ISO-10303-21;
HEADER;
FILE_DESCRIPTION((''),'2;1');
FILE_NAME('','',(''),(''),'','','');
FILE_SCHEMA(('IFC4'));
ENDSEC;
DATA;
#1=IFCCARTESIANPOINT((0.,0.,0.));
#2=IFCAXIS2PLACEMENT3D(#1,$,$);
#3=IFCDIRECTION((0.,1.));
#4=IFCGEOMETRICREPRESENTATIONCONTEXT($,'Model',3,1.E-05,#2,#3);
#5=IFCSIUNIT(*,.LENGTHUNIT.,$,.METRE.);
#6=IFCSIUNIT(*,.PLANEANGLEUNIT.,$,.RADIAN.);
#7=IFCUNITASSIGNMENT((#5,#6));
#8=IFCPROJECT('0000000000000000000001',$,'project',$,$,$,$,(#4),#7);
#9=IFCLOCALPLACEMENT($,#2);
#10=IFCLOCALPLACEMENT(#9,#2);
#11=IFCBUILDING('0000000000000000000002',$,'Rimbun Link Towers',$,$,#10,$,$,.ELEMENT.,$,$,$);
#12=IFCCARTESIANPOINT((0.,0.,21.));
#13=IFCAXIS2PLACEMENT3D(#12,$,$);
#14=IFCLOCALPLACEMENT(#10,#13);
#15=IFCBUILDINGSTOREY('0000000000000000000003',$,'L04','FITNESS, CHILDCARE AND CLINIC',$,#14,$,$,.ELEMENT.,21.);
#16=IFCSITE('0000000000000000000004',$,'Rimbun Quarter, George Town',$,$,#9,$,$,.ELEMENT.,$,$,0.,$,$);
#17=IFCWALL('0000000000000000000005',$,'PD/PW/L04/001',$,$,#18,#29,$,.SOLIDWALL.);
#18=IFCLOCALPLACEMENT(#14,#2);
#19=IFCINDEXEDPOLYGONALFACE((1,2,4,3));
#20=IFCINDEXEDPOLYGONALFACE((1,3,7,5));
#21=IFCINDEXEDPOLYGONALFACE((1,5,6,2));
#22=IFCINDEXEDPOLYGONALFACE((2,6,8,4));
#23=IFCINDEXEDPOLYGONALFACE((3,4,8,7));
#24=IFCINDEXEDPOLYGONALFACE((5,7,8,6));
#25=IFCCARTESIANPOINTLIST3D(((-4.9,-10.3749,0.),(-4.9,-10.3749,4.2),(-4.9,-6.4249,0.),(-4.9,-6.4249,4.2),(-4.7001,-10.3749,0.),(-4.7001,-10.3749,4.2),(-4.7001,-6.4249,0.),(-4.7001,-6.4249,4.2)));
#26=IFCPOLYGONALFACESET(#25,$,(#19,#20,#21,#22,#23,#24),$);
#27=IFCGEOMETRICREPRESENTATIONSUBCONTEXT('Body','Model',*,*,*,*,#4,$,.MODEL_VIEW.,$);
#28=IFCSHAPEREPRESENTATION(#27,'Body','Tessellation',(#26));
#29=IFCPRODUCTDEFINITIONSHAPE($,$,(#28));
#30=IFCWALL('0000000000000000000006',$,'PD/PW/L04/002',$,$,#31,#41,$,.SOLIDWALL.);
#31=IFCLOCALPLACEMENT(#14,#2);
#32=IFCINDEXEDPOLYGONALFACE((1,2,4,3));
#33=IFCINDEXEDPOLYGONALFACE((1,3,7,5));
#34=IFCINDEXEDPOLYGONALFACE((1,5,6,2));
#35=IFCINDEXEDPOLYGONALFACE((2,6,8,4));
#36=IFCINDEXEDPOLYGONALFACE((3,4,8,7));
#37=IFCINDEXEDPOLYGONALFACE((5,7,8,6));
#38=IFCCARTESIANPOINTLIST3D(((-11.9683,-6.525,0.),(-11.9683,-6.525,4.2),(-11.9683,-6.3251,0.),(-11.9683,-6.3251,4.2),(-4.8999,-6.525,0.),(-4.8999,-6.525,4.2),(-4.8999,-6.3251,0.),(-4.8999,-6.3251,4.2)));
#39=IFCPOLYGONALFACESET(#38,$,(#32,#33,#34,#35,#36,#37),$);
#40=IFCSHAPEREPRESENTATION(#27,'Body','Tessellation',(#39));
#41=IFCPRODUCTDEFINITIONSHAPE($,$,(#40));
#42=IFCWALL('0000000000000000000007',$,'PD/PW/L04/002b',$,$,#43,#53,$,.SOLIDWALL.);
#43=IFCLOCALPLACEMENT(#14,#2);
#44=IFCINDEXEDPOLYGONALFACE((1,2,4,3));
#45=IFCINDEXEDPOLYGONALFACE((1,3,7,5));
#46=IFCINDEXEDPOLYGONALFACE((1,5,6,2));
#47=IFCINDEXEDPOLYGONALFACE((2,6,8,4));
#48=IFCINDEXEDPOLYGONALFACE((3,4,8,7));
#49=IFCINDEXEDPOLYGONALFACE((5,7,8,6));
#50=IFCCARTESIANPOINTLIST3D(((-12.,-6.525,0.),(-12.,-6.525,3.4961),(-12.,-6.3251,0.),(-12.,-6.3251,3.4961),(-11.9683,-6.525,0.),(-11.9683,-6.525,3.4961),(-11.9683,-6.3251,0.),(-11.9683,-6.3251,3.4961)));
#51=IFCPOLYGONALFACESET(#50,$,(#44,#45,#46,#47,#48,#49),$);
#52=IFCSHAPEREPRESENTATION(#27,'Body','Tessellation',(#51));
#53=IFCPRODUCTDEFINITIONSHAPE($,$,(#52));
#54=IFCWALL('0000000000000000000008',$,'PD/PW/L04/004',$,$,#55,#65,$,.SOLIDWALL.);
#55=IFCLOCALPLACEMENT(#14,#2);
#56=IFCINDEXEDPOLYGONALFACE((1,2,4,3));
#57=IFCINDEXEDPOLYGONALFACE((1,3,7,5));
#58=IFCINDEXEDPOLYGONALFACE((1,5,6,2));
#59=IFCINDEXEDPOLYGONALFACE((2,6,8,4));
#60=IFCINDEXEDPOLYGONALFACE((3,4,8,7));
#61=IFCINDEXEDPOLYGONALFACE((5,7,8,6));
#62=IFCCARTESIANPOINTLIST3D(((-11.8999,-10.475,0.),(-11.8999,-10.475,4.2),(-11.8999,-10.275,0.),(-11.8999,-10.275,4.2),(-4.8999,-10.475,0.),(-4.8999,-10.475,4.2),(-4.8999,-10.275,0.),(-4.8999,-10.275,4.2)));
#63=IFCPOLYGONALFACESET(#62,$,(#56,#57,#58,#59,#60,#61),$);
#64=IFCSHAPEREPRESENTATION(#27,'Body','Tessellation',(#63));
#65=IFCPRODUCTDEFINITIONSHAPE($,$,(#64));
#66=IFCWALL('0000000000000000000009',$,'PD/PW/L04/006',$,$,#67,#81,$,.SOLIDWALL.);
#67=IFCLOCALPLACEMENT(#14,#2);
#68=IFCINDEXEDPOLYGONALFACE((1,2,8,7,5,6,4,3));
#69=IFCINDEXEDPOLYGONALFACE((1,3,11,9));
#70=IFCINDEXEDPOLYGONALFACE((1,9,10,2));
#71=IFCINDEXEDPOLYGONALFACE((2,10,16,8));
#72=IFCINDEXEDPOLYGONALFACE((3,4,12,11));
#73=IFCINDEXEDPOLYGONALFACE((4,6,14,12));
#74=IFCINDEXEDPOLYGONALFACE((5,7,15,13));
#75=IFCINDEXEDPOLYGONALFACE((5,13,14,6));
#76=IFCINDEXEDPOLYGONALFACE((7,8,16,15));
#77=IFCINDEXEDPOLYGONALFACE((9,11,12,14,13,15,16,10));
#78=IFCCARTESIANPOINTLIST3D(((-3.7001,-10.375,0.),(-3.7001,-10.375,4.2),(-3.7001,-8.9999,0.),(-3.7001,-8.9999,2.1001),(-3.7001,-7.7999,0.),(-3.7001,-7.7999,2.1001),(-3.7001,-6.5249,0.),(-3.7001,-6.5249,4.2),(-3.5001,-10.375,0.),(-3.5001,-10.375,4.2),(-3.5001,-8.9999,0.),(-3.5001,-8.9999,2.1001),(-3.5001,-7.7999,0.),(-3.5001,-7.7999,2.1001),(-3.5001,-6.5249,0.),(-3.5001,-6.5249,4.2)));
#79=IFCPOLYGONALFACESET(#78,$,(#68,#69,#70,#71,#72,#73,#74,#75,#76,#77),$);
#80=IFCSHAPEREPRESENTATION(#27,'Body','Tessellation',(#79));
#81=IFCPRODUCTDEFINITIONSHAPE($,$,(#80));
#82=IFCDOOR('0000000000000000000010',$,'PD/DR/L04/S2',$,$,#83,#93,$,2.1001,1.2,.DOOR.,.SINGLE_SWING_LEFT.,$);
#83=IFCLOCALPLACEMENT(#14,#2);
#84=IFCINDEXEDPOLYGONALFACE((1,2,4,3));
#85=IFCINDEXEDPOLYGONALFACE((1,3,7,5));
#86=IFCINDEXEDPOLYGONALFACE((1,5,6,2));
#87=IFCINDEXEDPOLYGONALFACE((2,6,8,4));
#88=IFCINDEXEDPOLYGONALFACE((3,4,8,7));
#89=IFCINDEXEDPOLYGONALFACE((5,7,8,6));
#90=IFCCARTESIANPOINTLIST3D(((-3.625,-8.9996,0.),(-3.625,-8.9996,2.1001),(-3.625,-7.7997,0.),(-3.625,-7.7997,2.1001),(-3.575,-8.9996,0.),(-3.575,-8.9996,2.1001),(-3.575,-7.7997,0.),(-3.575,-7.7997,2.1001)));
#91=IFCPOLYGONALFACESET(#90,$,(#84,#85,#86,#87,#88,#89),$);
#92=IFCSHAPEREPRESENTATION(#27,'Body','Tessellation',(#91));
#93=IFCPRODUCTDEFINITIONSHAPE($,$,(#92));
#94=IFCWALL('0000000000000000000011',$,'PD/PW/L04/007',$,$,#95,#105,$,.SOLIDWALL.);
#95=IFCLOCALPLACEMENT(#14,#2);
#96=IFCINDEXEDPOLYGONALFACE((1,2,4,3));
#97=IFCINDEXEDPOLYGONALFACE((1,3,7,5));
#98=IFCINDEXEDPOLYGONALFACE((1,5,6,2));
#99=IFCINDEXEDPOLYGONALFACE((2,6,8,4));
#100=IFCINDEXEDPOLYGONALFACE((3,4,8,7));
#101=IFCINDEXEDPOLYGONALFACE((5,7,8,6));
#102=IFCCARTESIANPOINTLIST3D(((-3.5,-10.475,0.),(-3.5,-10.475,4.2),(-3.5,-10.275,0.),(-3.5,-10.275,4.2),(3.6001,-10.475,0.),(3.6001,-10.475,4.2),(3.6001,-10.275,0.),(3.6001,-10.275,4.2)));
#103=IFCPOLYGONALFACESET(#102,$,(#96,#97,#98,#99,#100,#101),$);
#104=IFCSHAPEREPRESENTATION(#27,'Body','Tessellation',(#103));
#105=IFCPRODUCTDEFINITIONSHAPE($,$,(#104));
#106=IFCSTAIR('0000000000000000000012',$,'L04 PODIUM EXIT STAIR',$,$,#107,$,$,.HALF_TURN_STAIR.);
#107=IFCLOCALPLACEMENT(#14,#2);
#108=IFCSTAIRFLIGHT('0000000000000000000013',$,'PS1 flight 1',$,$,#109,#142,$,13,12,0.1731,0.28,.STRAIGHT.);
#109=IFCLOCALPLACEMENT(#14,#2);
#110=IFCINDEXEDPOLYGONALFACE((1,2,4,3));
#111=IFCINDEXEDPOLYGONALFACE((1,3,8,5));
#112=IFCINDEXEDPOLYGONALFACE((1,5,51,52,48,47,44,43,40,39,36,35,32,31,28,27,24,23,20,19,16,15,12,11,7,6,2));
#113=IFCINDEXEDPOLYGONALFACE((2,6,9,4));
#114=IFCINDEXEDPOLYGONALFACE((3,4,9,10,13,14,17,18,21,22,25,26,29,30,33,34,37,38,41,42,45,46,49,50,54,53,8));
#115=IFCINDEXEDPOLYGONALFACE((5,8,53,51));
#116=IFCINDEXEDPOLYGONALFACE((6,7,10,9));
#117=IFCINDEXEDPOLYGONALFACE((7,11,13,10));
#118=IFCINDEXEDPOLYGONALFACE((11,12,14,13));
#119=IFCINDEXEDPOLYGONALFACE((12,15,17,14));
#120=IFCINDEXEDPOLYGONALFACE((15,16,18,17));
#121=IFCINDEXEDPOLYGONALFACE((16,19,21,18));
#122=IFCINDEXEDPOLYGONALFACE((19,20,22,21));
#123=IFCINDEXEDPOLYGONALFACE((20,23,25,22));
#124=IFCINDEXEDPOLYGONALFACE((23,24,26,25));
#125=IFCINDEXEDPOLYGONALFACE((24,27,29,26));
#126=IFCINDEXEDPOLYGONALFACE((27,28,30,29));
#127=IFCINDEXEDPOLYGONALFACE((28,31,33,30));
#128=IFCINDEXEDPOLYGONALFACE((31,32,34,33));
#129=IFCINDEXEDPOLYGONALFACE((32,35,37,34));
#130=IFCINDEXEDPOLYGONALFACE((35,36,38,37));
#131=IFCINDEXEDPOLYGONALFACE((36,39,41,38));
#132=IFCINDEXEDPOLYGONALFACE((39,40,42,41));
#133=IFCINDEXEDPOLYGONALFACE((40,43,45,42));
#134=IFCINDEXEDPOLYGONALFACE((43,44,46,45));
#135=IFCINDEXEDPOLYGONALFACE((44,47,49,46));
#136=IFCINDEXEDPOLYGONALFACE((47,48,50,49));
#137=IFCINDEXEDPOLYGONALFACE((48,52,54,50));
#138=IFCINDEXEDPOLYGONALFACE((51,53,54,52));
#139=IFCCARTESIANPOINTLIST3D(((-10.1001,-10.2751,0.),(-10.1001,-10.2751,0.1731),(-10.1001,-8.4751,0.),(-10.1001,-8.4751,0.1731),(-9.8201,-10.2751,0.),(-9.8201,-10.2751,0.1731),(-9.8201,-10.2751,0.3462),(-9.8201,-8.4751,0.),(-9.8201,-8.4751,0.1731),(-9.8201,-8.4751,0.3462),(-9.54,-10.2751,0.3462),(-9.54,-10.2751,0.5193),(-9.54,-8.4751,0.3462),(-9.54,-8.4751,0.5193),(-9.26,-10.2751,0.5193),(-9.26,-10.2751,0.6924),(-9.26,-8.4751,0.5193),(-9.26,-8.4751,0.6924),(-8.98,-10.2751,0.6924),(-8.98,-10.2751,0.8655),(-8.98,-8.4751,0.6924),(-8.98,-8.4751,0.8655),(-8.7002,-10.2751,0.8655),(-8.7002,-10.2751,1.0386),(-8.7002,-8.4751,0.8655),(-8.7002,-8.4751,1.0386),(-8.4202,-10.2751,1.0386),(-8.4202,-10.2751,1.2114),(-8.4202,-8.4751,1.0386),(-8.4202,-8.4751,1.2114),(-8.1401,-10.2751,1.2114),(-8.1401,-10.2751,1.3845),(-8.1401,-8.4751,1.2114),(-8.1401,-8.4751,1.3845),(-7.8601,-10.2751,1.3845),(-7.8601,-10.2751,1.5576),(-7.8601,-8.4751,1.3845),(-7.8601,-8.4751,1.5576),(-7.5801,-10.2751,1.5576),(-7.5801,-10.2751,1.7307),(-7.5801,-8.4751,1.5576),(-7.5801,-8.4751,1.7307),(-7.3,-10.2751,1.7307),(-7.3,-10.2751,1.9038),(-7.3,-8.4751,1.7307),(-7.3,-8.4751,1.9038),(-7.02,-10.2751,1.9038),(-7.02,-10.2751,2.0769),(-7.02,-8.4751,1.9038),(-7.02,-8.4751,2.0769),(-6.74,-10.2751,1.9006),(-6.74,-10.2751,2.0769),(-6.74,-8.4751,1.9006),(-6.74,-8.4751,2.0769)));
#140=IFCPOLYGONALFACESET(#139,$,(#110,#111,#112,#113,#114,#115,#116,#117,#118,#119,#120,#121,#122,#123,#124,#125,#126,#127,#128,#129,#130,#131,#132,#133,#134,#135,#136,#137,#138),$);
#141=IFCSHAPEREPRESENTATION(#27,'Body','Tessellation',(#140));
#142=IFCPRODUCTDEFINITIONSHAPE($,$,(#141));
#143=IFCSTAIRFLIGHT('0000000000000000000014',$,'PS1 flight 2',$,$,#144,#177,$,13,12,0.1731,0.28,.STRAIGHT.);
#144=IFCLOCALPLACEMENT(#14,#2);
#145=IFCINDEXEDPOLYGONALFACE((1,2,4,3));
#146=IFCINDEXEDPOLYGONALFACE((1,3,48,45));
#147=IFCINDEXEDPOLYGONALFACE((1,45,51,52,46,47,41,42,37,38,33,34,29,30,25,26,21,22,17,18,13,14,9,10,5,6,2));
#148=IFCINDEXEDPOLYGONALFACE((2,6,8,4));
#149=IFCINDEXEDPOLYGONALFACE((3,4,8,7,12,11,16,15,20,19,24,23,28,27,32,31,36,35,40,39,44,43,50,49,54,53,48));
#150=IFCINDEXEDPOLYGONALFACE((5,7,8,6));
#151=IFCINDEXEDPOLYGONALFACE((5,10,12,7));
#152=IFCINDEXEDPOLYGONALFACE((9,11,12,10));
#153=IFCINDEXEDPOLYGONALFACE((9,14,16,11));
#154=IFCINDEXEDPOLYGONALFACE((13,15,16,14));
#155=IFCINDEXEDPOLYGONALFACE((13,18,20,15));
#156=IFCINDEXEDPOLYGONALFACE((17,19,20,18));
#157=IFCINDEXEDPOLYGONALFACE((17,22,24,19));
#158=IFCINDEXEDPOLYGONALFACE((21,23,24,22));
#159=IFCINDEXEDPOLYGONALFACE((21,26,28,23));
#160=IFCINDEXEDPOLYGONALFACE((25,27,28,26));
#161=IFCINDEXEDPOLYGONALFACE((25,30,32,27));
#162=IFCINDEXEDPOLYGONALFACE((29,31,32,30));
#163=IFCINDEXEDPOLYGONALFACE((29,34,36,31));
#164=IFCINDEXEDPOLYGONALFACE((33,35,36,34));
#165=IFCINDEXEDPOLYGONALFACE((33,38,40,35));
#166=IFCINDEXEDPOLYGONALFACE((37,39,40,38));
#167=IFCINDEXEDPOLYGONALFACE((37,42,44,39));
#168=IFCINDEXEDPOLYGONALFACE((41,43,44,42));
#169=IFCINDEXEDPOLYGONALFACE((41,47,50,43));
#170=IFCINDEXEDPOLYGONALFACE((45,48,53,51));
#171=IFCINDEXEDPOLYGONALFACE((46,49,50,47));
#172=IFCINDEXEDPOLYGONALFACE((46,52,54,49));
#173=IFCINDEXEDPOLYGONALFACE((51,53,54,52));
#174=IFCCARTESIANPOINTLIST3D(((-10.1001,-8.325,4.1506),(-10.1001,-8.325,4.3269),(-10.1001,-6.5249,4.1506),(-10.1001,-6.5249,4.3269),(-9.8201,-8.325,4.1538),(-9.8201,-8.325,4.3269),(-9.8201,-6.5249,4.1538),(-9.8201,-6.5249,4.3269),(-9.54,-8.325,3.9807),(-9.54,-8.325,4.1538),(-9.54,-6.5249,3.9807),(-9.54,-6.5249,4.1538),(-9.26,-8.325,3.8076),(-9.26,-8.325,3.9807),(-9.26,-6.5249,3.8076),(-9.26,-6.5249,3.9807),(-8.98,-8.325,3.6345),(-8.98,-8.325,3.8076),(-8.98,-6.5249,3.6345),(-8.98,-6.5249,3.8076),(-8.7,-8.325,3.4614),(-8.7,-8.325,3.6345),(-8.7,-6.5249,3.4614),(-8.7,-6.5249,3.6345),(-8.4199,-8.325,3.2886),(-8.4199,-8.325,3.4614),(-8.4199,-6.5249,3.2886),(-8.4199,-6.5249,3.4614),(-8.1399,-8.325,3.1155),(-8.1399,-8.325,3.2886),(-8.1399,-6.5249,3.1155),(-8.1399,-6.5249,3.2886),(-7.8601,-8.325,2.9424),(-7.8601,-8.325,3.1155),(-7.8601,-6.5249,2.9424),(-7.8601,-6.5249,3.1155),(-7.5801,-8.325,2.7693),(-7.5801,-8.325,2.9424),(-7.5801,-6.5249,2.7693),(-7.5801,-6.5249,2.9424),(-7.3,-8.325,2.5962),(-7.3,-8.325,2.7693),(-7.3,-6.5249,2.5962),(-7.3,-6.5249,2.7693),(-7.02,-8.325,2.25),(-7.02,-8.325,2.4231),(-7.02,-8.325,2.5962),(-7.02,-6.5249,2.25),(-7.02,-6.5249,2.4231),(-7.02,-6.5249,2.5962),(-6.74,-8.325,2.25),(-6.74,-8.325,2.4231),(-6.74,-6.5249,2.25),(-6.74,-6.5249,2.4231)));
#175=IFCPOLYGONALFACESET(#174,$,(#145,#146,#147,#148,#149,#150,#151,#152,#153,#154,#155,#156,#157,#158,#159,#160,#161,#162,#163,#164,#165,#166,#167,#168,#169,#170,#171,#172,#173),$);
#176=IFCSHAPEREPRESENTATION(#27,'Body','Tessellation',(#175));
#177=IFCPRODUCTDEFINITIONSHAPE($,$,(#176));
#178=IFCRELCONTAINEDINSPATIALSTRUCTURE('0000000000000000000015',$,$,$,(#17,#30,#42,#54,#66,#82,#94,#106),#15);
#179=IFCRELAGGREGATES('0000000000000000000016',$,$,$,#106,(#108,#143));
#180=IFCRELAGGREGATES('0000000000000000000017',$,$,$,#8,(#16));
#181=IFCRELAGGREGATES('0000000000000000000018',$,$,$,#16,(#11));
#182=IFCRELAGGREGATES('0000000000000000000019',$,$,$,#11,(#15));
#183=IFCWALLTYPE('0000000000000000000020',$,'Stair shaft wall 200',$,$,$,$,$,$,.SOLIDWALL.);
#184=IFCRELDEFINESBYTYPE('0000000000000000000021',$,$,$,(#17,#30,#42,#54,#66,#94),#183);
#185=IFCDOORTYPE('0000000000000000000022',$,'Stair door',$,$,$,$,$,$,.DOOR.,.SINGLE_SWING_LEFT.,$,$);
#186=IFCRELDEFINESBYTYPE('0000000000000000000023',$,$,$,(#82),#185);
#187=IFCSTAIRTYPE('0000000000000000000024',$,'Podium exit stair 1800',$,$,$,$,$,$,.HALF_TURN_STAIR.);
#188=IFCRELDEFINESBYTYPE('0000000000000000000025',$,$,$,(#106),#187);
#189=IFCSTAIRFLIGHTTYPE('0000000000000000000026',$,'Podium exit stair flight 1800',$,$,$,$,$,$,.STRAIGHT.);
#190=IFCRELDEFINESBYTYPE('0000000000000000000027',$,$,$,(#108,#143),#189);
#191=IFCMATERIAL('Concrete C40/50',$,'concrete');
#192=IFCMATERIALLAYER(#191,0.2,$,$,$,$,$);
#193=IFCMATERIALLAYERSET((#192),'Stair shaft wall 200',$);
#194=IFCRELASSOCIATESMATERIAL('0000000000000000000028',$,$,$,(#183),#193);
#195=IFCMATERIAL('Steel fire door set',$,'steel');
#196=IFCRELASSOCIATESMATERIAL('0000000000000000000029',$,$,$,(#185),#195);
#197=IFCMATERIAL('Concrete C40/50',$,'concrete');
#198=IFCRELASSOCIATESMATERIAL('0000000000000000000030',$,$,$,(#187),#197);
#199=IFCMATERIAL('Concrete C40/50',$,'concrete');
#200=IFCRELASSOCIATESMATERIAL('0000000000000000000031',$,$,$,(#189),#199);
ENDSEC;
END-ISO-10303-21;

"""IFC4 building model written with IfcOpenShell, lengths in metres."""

from ifc_helpers import new_model, si_unit, direction, frame, frame_2d, origin, place, context, subcontext, project, spatial, polyline, rectangle, outline, extrude, material, layer, layer_set, type_object, element, fill, aggregate, save


model = new_model("IFC4")

# Units and contexts
model_context = context("Model", 3, precision=1e-05, world=origin(), true_north=direction((0.0, 1.0)))
body_context = subcontext(model_context, "Body", "Model", "MODEL_VIEW")
ifc_project = project(units=[si_unit("LENGTHUNIT", "METRE"), si_unit("PLANEANGLEUNIT", "RADIAN")], contexts=[model_context])

# Site, building, storey
site_placement = place(None, origin())
site = spatial("IfcSite", under=ifc_project, at=site_placement, Name="Rimbun Quarter, George Town", CompositionType="ELEMENT", RefElevation=0.0)
building_placement = place(site_placement, origin())
building = spatial("IfcBuilding", under=site, at=building_placement, Name="Rimbun Link Towers", CompositionType="ELEMENT")
storey_placement = place(building_placement, frame((0.0, 0.0, 21.0)))
storey = spatial("IfcBuildingStorey", under=building, at=storey_placement, Name="L04", Description="FITNESS, CHILDCARE AND CLINIC", CompositionType="ELEMENT", Elevation=21.0)

# Walls
ifc_material_1 = material(Name="Concrete C40/50", Category="concrete")
ifc_layer_1 = layer(ifc_material_1, 0.2)
ifc_layer_set_1 = layer_set([ifc_layer_1], Name="Stair shaft wall 200")
wall_type_1 = type_object("IfcWallType", Name="Stair shaft wall 200", PredefinedType="SOLIDWALL", material=ifc_layer_set_1)
wall_1_placement = place(storey_placement, frame((-4.8, -10.375, 0.0), z_axis=(0.0, 0.0, 1.0), x_axis=(0.0, 1.0, 0.0)))
element("IfcWall", 1, at=wall_1_placement, inside=storey, type_object=wall_type_1, Name="PD/PW/L04/001", PredefinedType="SOLIDWALL", context=body_context, shape_type="SweptSolid", body=[
    extrude(rectangle(XDim=3.95, YDim=0.2, at=frame_2d((1.9751, 0.0))), origin(), (0.0, 0.0, 1.0), 4.2),
])
wall_2_placement = place(storey_placement, frame((-4.8999, -6.425, 0.0), z_axis=(0.0, 0.0, 1.0), x_axis=(-1.0, 0.0, 0.0)))
element("IfcWall", 2, at=wall_2_placement, inside=storey, type_object=wall_type_1, Name="PD/PW/L04/002", PredefinedType="SOLIDWALL", context=body_context, shape_type="SweptSolid", body=[
    extrude(rectangle(XDim=7.0684, YDim=0.2, at=frame_2d((3.5342, 0.0))), origin(), (0.0, 0.0, 1.0), 4.2),
])
wall_3_placement = place(storey_placement, frame((-11.9683, -6.425, 0.0), z_axis=(0.0, 0.0, 1.0), x_axis=(-1.0, 0.0, 0.0)))
element("IfcWall", 3, at=wall_3_placement, inside=storey, type_object=wall_type_1, Name="PD/PW/L04/002b", PredefinedType="SOLIDWALL", context=body_context, shape_type="SweptSolid", body=[
    extrude(rectangle(XDim=0.0317, YDim=0.2, at=frame_2d((0.0159, 0.0))), origin(), (0.0, 0.0, 1.0), 3.4961),
])
wall_4_placement = place(storey_placement, frame((-11.8999, -10.375, 0.0), z_axis=(0.0, 0.0, 1.0), x_axis=(1.0, 0.0, 0.0)))
element("IfcWall", 4, at=wall_4_placement, inside=storey, type_object=wall_type_1, Name="PD/PW/L04/004", PredefinedType="SOLIDWALL", context=body_context, shape_type="SweptSolid", body=[
    extrude(rectangle(XDim=7.0, YDim=0.2, at=frame_2d((3.5, 0.0))), origin(), (0.0, 0.0, 1.0), 4.2),
])

# Wall, opening, door
wall_5_placement = place(storey_placement, frame((-3.6001, -6.5249, 0.0), z_axis=(0.0, 0.0, 1.0), x_axis=(0.0, -1.0, 0.0)))
wall_5 = element("IfcWall", 5, at=wall_5_placement, inside=storey, type_object=wall_type_1, Name="PD/PW/L04/006", PredefinedType="SOLIDWALL", context=body_context, shape_type="SweptSolid", body=[
    extrude(rectangle(XDim=3.8501, YDim=0.2, at=frame_2d((1.925, 0.0))), origin(), (0.0, 0.0, 1.0), 4.2),
])
opening_1_placement = place(wall_5_placement, frame((1.2749, 0.0, 0.0)))
opening_1 = element("IfcOpeningElement", 6, at=opening_1_placement, cuts=wall_5, PredefinedType="OPENING", context=body_context, shape_type="SweptSolid", body=[
    extrude(rectangle(XDim=1.2, YDim=2.1001, at=frame_2d((0.6001, 1.05))), frame((0.0, 0.1099, 0.0), z_axis=(0.0, -1.0, 0.0), x_axis=(1.0, 0.0, 0.0)), (0.0, 0.0, 1.0), 0.22),
])
ifc_material_2 = material(Name="Steel fire door set", Category="steel")
door_type_1 = type_object("IfcDoorType", Name="Stair door", OperationType="SINGLE_SWING_LEFT", PredefinedType="DOOR", material=ifc_material_2)
door_1_placement = place(opening_1_placement, frame((1.2, 0.0, 0.0), z_axis=(0.0, 0.0, 1.0), x_axis=(-1.0, 0.0, 0.0)))
door_1 = element("IfcDoor", 7, at=door_1_placement, inside=storey, type_object=door_type_1, Name="PD/DR/L04/S2", OperationType="SINGLE_SWING_LEFT", OverallHeight=2.1001, OverallWidth=1.2, PredefinedType="DOOR", context=body_context, shape_type="SweptSolid", body=[
    extrude(rectangle(XDim=1.2, YDim=2.1001, at=frame_2d((0.6001, 1.05))), frame((0.0, 0.0249, 0.0), z_axis=(0.0, -1.0, 0.0), x_axis=(1.0, 0.0, 0.0)), (0.0, 0.0, 1.0), 0.05),
])
fill(opening_1, door_1)

# Wall
wall_6_placement = place(storey_placement, frame((-3.5, -10.375, 0.0), z_axis=(0.0, 0.0, 1.0), x_axis=(1.0, 0.0, 0.0)))
element("IfcWall", 8, at=wall_6_placement, inside=storey, type_object=wall_type_1, Name="PD/PW/L04/007", PredefinedType="SOLIDWALL", context=body_context, shape_type="SweptSolid", body=[
    extrude(rectangle(XDim=7.1001, YDim=0.2, at=frame_2d((3.55, 0.0))), origin(), (0.0, 0.0, 1.0), 4.2),
])

# Stair, stair flights
ifc_material_3 = material(Name="Concrete C40/50", Category="concrete")
stair_type = type_object("IfcStairType", Name="Podium exit stair 1800", PredefinedType="HALF_TURN_STAIR", material=ifc_material_3)
stair_placement = place(storey_placement, origin())
stair = element("IfcStair", 9, at=stair_placement, inside=storey, type_object=stair_type, Name="L04 PODIUM EXIT STAIR", PredefinedType="HALF_TURN_STAIR")
ifc_material_4 = material(Name="Concrete C40/50", Category="concrete")
stair_flight_type = type_object("IfcStairFlightType", Name="Podium exit stair flight 1800", PredefinedType="STRAIGHT", material=ifc_material_4)
stair_flight_1_placement = place(storey_placement, frame((-10.1001, -9.375, 0.0), z_axis=(0.0, 0.0, 1.0), x_axis=(1.0, 0.0, 0.0)))
stair_flight_1 = element("IfcStairFlight", 10, at=stair_flight_1_placement, type_object=stair_flight_type, Name="PS1 flight 1", NumberOfRisers=13, NumberOfTreads=12, PredefinedType="STRAIGHT", RiserHeight=0.1731, TreadLength=0.28, context=body_context, shape_type="SweptSolid", body=[
    extrude(outline(polyline([(0.0, 0.0), (0.0, 0.1731), (0.28, 0.1731), (0.28, 0.3462), (0.5601, 0.3462), (0.5601, 0.5193), (0.8401, 0.5193), (0.8401, 0.6924), (1.1201, 0.6924), (1.1201, 0.8655), (1.3999, 0.8655), (1.3999, 1.0386), (1.6799, 1.0386), (1.6799, 1.2114), (1.96, 1.2114), (1.96, 1.3845), (2.24, 1.3845), (2.24, 1.5576), (2.52, 1.5576), (2.52, 1.7307), (2.8, 1.7307), (2.8, 1.9038), (3.0801, 1.9038), (3.0801, 2.0769), (3.3601, 2.0769), (3.3601, 2.25), (3.3601, 1.9006), (0.28, 0.0), (0.0, 0.0)])), frame((0.0, 0.8999, 0.0), z_axis=(0.0, -1.0, 0.0), x_axis=(1.0, 0.0, 0.0)), (0.0, 0.0, 1.0), 1.8),
])
stair_flight_2_placement = place(storey_placement, frame((-6.74, -7.425, 2.25), z_axis=(0.0, 0.0, 1.0), x_axis=(-1.0, 0.0, 0.0)))
stair_flight_2 = element("IfcStairFlight", 11, at=stair_flight_2_placement, type_object=stair_flight_type, Name="PS1 flight 2", NumberOfRisers=13, NumberOfTreads=12, PredefinedType="STRAIGHT", RiserHeight=0.1731, TreadLength=0.28, context=body_context, shape_type="SweptSolid", body=[
    extrude(outline(polyline([(0.0, 0.0), (0.0, 0.1731), (0.28, 0.1731), (0.28, 0.3462), (0.5601, 0.3462), (0.5601, 0.5193), (0.8401, 0.5193), (0.8401, 0.6924), (1.1201, 0.6924), (1.1201, 0.8655), (1.3999, 0.8655), (1.3999, 1.0386), (1.6799, 1.0386), (1.6799, 1.2114), (1.96, 1.2114), (1.96, 1.3845), (2.24, 1.3845), (2.24, 1.5576), (2.52, 1.5576), (2.52, 1.7307), (2.8, 1.7307), (2.8, 1.9038), (3.0801, 1.9038), (3.0801, 2.0769), (3.3601, 2.0769), (3.3601, 2.25), (3.3601, 1.9006), (0.28, 0.0), (0.0, 0.0)])), frame((0.0, 0.8999, 0.0), z_axis=(0.0, -1.0, 0.0), x_axis=(1.0, 0.0, 0.0)), (0.0, 0.0, 1.0), 1.8),
])
aggregate(stair, [stair_flight_1, stair_flight_2])

save(model, "model.ifc")
